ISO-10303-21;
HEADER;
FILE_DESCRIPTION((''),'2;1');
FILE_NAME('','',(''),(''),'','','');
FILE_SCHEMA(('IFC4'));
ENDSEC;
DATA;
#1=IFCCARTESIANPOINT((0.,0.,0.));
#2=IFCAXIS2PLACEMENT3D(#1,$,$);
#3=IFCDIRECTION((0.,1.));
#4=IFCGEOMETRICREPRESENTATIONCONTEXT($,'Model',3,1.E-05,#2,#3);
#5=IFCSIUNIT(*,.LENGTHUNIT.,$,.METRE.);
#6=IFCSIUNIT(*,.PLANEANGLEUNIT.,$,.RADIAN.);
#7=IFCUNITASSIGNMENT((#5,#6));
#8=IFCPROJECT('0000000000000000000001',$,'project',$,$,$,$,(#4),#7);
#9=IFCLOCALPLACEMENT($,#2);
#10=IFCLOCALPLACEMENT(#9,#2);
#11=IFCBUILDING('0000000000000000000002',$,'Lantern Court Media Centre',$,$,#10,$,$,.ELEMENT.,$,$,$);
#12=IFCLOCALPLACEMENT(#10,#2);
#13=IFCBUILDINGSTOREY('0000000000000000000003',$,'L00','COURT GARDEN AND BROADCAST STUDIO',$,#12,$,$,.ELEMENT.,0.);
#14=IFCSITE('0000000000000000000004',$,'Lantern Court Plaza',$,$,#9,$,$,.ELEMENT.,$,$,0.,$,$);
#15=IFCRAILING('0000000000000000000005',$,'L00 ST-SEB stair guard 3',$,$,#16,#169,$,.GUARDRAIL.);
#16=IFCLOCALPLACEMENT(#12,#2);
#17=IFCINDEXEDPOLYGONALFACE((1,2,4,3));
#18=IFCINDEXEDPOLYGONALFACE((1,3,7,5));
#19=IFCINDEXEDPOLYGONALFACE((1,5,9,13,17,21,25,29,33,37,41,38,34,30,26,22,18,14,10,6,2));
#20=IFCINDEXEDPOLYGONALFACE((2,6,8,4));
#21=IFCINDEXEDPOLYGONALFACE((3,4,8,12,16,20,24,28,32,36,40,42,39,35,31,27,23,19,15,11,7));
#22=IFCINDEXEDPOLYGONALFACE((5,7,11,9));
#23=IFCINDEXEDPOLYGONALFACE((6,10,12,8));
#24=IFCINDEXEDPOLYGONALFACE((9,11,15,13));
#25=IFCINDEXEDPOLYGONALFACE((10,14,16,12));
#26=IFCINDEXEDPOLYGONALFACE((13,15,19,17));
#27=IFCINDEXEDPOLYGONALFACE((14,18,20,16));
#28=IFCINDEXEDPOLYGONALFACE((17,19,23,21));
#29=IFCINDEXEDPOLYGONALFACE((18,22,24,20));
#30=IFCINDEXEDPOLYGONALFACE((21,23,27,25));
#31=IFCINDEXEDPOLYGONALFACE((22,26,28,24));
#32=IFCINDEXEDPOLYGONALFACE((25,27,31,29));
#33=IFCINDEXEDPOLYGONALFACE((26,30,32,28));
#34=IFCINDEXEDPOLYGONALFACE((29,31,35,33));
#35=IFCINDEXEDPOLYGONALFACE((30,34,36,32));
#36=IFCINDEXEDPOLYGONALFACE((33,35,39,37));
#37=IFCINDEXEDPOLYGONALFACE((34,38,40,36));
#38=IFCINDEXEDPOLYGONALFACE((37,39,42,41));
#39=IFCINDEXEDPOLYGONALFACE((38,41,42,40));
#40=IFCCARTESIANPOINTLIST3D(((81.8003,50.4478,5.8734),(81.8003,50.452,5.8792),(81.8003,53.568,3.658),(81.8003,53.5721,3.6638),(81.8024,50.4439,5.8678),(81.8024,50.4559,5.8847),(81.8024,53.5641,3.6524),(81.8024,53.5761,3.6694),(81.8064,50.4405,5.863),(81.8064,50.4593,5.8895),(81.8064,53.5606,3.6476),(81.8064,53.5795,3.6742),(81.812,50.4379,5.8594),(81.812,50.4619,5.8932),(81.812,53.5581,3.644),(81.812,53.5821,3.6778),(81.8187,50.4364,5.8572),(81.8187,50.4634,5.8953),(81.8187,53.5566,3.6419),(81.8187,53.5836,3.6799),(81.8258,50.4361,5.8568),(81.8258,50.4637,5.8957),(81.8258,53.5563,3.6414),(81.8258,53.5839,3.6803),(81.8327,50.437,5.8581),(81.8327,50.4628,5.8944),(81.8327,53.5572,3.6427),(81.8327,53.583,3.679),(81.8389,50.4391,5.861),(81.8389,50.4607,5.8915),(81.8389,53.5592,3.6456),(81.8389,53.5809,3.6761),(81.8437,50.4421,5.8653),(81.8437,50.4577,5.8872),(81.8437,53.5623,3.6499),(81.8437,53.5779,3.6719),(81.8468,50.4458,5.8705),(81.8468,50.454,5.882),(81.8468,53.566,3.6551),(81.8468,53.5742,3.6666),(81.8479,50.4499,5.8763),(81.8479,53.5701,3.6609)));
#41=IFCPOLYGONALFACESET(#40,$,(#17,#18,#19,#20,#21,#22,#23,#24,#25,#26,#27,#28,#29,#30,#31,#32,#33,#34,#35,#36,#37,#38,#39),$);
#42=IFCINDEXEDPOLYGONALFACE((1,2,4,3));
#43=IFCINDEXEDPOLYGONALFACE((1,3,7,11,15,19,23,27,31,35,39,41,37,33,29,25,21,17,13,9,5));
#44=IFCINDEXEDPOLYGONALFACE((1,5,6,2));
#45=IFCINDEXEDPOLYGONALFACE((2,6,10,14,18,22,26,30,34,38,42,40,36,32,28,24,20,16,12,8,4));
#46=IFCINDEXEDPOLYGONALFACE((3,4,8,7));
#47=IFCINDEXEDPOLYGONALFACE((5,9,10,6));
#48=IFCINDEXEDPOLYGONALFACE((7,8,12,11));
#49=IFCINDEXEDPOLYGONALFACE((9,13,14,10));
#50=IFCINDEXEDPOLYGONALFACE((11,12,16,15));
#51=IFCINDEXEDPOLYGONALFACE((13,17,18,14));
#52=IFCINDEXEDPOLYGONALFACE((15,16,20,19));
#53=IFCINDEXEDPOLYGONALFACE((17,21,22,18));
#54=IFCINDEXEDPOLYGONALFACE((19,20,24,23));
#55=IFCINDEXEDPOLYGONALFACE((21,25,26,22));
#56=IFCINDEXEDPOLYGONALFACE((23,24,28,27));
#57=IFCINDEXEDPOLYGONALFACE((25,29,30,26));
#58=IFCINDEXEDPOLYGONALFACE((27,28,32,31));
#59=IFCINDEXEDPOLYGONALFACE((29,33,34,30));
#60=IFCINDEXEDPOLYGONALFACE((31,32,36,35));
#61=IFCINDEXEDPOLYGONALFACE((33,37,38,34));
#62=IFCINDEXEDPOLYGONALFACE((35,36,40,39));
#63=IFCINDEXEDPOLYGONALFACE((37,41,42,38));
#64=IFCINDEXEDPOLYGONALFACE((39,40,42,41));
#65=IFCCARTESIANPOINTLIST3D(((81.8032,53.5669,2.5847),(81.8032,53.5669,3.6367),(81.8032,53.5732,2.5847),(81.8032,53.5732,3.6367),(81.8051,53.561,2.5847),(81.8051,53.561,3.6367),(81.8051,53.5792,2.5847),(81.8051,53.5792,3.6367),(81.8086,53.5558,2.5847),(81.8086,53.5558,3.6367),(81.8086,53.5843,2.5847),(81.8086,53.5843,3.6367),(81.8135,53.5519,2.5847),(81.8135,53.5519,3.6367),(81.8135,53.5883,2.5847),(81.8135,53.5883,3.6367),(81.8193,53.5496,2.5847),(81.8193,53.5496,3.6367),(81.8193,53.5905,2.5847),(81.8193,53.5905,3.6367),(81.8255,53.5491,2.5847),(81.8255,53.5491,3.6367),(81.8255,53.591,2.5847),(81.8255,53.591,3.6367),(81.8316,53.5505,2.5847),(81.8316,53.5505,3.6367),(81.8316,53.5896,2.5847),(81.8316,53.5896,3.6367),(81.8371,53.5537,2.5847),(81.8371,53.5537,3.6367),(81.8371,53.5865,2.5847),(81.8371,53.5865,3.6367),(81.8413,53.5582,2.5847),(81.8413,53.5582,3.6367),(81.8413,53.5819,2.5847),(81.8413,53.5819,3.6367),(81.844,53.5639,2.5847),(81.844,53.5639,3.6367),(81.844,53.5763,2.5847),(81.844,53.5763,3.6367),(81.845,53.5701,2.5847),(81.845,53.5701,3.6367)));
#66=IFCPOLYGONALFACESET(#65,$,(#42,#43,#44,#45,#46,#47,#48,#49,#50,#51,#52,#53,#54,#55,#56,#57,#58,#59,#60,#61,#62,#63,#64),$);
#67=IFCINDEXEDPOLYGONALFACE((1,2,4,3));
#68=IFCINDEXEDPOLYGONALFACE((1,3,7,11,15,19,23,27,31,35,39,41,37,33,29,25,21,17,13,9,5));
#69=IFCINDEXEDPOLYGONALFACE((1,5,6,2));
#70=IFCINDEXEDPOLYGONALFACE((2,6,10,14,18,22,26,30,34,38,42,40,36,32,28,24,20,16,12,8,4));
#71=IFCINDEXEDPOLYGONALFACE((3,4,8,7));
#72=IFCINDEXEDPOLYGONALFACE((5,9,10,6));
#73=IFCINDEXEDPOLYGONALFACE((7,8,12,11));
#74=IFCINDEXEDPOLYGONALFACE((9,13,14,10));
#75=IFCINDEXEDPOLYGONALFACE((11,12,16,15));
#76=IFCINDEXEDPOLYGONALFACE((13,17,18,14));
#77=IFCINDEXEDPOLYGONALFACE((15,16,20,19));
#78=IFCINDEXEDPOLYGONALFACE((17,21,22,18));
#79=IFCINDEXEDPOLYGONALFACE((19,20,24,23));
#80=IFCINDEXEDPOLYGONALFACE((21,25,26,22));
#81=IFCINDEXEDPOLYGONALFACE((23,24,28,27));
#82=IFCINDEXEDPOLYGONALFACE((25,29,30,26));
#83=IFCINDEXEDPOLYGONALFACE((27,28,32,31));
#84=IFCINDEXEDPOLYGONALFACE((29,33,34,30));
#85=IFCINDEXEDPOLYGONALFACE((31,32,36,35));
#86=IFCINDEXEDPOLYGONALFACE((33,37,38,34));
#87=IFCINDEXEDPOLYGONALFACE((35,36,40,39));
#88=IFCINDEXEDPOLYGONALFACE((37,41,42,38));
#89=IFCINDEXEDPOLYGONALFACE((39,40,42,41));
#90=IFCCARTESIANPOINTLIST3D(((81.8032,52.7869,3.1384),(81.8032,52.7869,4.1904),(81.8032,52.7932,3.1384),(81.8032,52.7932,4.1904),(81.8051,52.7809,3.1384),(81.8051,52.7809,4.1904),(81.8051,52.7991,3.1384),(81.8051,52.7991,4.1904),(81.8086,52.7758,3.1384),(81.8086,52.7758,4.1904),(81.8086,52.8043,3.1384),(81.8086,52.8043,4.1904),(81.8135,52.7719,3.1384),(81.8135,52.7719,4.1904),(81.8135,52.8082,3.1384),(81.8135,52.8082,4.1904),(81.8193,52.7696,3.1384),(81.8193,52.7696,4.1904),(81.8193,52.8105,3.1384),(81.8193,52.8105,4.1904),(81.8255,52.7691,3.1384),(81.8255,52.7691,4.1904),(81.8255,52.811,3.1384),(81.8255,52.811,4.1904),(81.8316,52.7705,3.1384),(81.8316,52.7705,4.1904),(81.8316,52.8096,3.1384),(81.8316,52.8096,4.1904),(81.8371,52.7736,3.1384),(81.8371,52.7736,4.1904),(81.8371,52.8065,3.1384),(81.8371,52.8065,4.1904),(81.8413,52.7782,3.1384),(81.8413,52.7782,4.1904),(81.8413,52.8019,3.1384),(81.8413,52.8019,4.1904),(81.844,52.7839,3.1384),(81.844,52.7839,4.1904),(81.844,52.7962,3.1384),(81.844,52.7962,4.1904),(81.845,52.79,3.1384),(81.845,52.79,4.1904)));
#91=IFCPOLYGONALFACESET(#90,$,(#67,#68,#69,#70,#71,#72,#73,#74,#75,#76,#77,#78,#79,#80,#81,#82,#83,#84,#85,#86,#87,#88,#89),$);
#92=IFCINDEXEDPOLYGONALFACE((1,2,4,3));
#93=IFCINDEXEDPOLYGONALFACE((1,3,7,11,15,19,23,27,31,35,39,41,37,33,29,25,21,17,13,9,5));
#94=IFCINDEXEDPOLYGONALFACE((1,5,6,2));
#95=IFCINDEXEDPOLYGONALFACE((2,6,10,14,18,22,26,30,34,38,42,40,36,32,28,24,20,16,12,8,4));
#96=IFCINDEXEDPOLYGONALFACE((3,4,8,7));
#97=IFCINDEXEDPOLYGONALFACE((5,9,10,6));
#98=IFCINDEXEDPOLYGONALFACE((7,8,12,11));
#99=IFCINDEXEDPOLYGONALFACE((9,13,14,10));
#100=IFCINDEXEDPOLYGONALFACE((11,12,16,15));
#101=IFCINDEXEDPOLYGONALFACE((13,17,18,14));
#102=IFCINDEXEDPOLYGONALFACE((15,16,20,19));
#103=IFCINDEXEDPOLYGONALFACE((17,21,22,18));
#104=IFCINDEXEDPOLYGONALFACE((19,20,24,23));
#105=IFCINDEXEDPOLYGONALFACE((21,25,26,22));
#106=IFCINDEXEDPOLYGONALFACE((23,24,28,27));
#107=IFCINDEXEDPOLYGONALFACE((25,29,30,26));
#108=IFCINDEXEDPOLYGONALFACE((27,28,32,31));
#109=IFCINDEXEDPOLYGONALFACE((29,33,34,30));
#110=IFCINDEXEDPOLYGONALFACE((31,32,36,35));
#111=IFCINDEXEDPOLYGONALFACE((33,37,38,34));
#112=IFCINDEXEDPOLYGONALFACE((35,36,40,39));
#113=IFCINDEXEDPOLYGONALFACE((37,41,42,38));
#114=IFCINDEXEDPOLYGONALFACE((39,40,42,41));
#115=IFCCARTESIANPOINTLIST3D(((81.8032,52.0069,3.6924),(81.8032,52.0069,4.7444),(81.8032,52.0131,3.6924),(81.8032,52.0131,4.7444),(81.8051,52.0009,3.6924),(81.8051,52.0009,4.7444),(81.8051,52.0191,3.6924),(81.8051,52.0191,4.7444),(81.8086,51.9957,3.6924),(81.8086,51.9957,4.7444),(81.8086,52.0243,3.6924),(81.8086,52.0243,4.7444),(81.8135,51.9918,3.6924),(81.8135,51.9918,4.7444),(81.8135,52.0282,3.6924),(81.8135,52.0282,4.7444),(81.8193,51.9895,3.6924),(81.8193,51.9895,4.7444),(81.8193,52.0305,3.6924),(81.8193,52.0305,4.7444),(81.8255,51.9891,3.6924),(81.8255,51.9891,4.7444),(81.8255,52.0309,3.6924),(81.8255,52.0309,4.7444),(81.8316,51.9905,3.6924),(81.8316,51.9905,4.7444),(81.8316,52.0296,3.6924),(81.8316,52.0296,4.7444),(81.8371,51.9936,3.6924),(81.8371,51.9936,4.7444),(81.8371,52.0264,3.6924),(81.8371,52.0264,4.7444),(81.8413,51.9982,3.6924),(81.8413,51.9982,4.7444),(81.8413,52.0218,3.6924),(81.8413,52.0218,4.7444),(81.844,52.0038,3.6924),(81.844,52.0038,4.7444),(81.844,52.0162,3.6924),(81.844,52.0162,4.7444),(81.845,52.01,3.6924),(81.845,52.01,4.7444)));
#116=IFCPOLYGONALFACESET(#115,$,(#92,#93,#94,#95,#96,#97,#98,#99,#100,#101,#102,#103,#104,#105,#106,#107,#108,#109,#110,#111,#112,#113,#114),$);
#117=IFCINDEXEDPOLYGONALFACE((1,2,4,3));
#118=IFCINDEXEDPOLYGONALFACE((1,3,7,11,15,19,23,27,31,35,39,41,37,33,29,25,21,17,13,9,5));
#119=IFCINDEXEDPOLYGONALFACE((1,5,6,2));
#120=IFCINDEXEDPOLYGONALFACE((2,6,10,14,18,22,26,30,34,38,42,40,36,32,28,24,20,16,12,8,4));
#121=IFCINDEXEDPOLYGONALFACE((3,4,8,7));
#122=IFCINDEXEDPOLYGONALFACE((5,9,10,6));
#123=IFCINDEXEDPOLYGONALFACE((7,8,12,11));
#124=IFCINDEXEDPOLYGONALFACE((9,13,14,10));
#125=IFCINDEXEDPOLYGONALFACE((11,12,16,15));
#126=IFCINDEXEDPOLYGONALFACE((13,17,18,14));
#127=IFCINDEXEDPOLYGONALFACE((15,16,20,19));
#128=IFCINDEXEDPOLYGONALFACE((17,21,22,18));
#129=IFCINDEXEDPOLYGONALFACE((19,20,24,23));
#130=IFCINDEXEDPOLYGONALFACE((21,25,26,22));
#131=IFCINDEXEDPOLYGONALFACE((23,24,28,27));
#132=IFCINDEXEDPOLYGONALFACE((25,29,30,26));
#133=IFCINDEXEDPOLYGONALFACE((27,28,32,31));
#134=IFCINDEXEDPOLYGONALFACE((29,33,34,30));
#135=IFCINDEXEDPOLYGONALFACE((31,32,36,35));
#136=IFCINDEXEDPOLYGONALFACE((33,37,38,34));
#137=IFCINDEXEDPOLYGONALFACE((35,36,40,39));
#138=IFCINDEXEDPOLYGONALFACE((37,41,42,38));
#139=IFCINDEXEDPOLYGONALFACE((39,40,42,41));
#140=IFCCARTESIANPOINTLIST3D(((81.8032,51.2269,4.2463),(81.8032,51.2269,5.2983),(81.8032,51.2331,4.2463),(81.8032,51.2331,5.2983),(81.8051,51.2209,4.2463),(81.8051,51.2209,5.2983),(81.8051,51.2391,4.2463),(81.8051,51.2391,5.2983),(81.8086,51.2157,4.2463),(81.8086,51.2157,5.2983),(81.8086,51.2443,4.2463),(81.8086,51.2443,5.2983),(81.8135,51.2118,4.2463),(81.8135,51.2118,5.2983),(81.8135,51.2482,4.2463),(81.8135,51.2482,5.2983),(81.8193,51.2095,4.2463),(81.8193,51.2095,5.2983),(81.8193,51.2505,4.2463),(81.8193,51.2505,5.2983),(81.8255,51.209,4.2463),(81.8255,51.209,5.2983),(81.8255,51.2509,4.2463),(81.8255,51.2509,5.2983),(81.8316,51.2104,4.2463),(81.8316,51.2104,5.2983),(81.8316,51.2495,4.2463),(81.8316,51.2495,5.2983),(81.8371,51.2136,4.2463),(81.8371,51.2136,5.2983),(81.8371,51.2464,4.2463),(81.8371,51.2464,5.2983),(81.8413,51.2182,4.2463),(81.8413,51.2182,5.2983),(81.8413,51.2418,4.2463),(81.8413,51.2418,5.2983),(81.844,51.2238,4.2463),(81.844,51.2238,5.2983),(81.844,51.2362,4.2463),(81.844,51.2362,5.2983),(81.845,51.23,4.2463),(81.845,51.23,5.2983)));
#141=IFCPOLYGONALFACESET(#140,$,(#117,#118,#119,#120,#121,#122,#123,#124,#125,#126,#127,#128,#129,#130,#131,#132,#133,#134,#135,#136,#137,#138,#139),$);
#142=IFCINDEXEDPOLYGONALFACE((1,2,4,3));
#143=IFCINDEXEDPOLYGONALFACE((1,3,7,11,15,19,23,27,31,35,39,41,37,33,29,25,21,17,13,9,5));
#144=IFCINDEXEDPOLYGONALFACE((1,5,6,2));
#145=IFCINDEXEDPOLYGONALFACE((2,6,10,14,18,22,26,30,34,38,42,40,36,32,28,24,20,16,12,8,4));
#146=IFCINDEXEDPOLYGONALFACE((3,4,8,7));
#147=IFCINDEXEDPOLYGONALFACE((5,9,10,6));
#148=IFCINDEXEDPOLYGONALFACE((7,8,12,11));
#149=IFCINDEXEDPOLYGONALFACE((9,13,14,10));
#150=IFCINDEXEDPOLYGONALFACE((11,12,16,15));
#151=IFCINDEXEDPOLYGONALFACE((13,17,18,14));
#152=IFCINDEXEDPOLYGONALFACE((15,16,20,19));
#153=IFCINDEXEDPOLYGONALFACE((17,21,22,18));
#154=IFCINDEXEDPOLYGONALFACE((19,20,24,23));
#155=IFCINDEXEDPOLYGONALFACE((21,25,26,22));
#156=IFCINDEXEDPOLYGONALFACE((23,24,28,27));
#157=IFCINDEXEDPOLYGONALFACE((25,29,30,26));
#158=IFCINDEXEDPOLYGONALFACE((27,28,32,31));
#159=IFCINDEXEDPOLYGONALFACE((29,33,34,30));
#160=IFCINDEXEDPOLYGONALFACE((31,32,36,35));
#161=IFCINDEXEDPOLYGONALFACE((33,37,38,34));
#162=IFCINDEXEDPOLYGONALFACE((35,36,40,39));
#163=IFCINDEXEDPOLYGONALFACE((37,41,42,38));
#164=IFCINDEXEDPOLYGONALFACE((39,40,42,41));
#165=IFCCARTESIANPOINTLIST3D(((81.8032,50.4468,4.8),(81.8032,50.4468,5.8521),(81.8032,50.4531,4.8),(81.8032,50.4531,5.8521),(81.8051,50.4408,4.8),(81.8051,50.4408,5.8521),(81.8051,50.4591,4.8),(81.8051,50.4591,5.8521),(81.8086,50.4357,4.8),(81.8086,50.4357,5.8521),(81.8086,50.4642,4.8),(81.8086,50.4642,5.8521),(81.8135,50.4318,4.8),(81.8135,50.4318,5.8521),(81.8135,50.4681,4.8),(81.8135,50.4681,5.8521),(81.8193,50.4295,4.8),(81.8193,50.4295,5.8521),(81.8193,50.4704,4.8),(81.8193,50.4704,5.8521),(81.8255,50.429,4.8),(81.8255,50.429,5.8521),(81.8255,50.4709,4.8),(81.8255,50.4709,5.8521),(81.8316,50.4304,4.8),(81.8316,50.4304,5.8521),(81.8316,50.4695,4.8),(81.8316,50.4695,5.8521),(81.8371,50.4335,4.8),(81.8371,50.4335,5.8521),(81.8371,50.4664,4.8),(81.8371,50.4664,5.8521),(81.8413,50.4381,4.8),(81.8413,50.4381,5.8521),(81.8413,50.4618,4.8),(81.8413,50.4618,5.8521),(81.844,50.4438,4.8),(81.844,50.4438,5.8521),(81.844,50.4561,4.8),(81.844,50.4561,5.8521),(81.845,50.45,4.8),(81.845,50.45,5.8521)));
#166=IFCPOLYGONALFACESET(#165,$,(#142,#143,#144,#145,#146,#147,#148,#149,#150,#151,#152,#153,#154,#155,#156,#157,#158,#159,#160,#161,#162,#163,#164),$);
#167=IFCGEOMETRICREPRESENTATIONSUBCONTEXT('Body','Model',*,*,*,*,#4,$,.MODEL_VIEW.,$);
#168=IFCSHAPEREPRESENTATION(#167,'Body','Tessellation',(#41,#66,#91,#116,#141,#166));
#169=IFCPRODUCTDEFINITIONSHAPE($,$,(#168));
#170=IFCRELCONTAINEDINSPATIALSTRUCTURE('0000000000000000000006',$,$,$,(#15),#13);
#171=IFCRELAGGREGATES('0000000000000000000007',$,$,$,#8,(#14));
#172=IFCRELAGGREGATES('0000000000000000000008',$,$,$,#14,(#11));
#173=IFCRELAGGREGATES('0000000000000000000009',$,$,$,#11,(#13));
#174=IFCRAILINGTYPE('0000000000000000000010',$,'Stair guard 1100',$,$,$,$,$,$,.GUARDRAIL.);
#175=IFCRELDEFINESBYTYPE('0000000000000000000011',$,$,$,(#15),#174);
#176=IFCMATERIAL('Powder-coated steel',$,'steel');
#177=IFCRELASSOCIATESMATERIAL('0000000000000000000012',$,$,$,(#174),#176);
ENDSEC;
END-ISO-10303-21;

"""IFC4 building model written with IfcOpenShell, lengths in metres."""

from ifc_helpers import new_model, si_unit, direction, frame, origin, origin_2d, place, context, subcontext, project, spatial, circle, extrude, material, type_object, element, save


model = new_model("IFC4")

# Units and contexts
model_context = context("Model", 3, precision=1e-05, world=origin(), true_north=direction((0.0, 1.0)))
body_context = subcontext(model_context, "Body", "Model", "MODEL_VIEW")
ifc_project = project(units=[si_unit("LENGTHUNIT", "METRE"), si_unit("PLANEANGLEUNIT", "RADIAN")], contexts=[model_context])

# Site, building, storey
site_placement = place(None, origin())
site = spatial("IfcSite", under=ifc_project, at=site_placement, Name="Lantern Court Plaza", CompositionType="ELEMENT", RefElevation=0.0)
building_placement = place(site_placement, origin())
building = spatial("IfcBuilding", under=site, at=building_placement, Name="Lantern Court Media Centre", CompositionType="ELEMENT")
storey_placement = place(building_placement, origin())
storey = spatial("IfcBuildingStorey", under=building, at=storey_placement, Name="L00", Description="COURT GARDEN AND BROADCAST STUDIO", CompositionType="ELEMENT", Elevation=0.0)

# Railing
ifc_material_1 = material(Name="Powder-coated steel", Category="steel")
railing_type_1 = type_object("IfcRailingType", Name="Stair guard 1100", PredefinedType="GUARDRAIL", material=ifc_material_1)
railing_1_placement = place(storey_placement, frame((81.824, 53.5701, 2.5847)))
element("IfcRailing", 1, at=railing_1_placement, inside=storey, type_object=railing_type_1, Name="L00 ST-SEB stair guard 3", PredefinedType="GUARDRAIL", context=body_context, shape_type="SweptSolid", body=[
    extrude(circle(Radius=0.0239, at=origin_2d()), frame((0.0, 0.0, 1.0762), z_axis=(0.0, -0.815377, 0.57893), x_axis=(1.0, 0.0, 0.0)), (0.0, 0.0, 1.0), 3.8267),
    extrude(circle(Radius=0.021, at=origin_2d()), origin(), (0.0, 0.0, 1.0), 1.052),
    extrude(circle(Radius=0.021, at=origin_2d()), frame((0.0, -0.78, 0.5537)), (0.0, 0.0, 1.0), 1.052),
    extrude(circle(Radius=0.021, at=origin_2d()), frame((0.0, -1.5601, 1.1077)), (0.0, 0.0, 1.0), 1.052),
    extrude(circle(Radius=0.021, at=origin_2d()), frame((0.0, -2.3401, 1.6616)), (0.0, 0.0, 1.0), 1.052),
    extrude(circle(Radius=0.021, at=origin_2d()), frame((0.0, -3.1201, 2.2153)), (0.0, 0.0, 1.0), 1.052),
])

save(model, "model.ifc")
